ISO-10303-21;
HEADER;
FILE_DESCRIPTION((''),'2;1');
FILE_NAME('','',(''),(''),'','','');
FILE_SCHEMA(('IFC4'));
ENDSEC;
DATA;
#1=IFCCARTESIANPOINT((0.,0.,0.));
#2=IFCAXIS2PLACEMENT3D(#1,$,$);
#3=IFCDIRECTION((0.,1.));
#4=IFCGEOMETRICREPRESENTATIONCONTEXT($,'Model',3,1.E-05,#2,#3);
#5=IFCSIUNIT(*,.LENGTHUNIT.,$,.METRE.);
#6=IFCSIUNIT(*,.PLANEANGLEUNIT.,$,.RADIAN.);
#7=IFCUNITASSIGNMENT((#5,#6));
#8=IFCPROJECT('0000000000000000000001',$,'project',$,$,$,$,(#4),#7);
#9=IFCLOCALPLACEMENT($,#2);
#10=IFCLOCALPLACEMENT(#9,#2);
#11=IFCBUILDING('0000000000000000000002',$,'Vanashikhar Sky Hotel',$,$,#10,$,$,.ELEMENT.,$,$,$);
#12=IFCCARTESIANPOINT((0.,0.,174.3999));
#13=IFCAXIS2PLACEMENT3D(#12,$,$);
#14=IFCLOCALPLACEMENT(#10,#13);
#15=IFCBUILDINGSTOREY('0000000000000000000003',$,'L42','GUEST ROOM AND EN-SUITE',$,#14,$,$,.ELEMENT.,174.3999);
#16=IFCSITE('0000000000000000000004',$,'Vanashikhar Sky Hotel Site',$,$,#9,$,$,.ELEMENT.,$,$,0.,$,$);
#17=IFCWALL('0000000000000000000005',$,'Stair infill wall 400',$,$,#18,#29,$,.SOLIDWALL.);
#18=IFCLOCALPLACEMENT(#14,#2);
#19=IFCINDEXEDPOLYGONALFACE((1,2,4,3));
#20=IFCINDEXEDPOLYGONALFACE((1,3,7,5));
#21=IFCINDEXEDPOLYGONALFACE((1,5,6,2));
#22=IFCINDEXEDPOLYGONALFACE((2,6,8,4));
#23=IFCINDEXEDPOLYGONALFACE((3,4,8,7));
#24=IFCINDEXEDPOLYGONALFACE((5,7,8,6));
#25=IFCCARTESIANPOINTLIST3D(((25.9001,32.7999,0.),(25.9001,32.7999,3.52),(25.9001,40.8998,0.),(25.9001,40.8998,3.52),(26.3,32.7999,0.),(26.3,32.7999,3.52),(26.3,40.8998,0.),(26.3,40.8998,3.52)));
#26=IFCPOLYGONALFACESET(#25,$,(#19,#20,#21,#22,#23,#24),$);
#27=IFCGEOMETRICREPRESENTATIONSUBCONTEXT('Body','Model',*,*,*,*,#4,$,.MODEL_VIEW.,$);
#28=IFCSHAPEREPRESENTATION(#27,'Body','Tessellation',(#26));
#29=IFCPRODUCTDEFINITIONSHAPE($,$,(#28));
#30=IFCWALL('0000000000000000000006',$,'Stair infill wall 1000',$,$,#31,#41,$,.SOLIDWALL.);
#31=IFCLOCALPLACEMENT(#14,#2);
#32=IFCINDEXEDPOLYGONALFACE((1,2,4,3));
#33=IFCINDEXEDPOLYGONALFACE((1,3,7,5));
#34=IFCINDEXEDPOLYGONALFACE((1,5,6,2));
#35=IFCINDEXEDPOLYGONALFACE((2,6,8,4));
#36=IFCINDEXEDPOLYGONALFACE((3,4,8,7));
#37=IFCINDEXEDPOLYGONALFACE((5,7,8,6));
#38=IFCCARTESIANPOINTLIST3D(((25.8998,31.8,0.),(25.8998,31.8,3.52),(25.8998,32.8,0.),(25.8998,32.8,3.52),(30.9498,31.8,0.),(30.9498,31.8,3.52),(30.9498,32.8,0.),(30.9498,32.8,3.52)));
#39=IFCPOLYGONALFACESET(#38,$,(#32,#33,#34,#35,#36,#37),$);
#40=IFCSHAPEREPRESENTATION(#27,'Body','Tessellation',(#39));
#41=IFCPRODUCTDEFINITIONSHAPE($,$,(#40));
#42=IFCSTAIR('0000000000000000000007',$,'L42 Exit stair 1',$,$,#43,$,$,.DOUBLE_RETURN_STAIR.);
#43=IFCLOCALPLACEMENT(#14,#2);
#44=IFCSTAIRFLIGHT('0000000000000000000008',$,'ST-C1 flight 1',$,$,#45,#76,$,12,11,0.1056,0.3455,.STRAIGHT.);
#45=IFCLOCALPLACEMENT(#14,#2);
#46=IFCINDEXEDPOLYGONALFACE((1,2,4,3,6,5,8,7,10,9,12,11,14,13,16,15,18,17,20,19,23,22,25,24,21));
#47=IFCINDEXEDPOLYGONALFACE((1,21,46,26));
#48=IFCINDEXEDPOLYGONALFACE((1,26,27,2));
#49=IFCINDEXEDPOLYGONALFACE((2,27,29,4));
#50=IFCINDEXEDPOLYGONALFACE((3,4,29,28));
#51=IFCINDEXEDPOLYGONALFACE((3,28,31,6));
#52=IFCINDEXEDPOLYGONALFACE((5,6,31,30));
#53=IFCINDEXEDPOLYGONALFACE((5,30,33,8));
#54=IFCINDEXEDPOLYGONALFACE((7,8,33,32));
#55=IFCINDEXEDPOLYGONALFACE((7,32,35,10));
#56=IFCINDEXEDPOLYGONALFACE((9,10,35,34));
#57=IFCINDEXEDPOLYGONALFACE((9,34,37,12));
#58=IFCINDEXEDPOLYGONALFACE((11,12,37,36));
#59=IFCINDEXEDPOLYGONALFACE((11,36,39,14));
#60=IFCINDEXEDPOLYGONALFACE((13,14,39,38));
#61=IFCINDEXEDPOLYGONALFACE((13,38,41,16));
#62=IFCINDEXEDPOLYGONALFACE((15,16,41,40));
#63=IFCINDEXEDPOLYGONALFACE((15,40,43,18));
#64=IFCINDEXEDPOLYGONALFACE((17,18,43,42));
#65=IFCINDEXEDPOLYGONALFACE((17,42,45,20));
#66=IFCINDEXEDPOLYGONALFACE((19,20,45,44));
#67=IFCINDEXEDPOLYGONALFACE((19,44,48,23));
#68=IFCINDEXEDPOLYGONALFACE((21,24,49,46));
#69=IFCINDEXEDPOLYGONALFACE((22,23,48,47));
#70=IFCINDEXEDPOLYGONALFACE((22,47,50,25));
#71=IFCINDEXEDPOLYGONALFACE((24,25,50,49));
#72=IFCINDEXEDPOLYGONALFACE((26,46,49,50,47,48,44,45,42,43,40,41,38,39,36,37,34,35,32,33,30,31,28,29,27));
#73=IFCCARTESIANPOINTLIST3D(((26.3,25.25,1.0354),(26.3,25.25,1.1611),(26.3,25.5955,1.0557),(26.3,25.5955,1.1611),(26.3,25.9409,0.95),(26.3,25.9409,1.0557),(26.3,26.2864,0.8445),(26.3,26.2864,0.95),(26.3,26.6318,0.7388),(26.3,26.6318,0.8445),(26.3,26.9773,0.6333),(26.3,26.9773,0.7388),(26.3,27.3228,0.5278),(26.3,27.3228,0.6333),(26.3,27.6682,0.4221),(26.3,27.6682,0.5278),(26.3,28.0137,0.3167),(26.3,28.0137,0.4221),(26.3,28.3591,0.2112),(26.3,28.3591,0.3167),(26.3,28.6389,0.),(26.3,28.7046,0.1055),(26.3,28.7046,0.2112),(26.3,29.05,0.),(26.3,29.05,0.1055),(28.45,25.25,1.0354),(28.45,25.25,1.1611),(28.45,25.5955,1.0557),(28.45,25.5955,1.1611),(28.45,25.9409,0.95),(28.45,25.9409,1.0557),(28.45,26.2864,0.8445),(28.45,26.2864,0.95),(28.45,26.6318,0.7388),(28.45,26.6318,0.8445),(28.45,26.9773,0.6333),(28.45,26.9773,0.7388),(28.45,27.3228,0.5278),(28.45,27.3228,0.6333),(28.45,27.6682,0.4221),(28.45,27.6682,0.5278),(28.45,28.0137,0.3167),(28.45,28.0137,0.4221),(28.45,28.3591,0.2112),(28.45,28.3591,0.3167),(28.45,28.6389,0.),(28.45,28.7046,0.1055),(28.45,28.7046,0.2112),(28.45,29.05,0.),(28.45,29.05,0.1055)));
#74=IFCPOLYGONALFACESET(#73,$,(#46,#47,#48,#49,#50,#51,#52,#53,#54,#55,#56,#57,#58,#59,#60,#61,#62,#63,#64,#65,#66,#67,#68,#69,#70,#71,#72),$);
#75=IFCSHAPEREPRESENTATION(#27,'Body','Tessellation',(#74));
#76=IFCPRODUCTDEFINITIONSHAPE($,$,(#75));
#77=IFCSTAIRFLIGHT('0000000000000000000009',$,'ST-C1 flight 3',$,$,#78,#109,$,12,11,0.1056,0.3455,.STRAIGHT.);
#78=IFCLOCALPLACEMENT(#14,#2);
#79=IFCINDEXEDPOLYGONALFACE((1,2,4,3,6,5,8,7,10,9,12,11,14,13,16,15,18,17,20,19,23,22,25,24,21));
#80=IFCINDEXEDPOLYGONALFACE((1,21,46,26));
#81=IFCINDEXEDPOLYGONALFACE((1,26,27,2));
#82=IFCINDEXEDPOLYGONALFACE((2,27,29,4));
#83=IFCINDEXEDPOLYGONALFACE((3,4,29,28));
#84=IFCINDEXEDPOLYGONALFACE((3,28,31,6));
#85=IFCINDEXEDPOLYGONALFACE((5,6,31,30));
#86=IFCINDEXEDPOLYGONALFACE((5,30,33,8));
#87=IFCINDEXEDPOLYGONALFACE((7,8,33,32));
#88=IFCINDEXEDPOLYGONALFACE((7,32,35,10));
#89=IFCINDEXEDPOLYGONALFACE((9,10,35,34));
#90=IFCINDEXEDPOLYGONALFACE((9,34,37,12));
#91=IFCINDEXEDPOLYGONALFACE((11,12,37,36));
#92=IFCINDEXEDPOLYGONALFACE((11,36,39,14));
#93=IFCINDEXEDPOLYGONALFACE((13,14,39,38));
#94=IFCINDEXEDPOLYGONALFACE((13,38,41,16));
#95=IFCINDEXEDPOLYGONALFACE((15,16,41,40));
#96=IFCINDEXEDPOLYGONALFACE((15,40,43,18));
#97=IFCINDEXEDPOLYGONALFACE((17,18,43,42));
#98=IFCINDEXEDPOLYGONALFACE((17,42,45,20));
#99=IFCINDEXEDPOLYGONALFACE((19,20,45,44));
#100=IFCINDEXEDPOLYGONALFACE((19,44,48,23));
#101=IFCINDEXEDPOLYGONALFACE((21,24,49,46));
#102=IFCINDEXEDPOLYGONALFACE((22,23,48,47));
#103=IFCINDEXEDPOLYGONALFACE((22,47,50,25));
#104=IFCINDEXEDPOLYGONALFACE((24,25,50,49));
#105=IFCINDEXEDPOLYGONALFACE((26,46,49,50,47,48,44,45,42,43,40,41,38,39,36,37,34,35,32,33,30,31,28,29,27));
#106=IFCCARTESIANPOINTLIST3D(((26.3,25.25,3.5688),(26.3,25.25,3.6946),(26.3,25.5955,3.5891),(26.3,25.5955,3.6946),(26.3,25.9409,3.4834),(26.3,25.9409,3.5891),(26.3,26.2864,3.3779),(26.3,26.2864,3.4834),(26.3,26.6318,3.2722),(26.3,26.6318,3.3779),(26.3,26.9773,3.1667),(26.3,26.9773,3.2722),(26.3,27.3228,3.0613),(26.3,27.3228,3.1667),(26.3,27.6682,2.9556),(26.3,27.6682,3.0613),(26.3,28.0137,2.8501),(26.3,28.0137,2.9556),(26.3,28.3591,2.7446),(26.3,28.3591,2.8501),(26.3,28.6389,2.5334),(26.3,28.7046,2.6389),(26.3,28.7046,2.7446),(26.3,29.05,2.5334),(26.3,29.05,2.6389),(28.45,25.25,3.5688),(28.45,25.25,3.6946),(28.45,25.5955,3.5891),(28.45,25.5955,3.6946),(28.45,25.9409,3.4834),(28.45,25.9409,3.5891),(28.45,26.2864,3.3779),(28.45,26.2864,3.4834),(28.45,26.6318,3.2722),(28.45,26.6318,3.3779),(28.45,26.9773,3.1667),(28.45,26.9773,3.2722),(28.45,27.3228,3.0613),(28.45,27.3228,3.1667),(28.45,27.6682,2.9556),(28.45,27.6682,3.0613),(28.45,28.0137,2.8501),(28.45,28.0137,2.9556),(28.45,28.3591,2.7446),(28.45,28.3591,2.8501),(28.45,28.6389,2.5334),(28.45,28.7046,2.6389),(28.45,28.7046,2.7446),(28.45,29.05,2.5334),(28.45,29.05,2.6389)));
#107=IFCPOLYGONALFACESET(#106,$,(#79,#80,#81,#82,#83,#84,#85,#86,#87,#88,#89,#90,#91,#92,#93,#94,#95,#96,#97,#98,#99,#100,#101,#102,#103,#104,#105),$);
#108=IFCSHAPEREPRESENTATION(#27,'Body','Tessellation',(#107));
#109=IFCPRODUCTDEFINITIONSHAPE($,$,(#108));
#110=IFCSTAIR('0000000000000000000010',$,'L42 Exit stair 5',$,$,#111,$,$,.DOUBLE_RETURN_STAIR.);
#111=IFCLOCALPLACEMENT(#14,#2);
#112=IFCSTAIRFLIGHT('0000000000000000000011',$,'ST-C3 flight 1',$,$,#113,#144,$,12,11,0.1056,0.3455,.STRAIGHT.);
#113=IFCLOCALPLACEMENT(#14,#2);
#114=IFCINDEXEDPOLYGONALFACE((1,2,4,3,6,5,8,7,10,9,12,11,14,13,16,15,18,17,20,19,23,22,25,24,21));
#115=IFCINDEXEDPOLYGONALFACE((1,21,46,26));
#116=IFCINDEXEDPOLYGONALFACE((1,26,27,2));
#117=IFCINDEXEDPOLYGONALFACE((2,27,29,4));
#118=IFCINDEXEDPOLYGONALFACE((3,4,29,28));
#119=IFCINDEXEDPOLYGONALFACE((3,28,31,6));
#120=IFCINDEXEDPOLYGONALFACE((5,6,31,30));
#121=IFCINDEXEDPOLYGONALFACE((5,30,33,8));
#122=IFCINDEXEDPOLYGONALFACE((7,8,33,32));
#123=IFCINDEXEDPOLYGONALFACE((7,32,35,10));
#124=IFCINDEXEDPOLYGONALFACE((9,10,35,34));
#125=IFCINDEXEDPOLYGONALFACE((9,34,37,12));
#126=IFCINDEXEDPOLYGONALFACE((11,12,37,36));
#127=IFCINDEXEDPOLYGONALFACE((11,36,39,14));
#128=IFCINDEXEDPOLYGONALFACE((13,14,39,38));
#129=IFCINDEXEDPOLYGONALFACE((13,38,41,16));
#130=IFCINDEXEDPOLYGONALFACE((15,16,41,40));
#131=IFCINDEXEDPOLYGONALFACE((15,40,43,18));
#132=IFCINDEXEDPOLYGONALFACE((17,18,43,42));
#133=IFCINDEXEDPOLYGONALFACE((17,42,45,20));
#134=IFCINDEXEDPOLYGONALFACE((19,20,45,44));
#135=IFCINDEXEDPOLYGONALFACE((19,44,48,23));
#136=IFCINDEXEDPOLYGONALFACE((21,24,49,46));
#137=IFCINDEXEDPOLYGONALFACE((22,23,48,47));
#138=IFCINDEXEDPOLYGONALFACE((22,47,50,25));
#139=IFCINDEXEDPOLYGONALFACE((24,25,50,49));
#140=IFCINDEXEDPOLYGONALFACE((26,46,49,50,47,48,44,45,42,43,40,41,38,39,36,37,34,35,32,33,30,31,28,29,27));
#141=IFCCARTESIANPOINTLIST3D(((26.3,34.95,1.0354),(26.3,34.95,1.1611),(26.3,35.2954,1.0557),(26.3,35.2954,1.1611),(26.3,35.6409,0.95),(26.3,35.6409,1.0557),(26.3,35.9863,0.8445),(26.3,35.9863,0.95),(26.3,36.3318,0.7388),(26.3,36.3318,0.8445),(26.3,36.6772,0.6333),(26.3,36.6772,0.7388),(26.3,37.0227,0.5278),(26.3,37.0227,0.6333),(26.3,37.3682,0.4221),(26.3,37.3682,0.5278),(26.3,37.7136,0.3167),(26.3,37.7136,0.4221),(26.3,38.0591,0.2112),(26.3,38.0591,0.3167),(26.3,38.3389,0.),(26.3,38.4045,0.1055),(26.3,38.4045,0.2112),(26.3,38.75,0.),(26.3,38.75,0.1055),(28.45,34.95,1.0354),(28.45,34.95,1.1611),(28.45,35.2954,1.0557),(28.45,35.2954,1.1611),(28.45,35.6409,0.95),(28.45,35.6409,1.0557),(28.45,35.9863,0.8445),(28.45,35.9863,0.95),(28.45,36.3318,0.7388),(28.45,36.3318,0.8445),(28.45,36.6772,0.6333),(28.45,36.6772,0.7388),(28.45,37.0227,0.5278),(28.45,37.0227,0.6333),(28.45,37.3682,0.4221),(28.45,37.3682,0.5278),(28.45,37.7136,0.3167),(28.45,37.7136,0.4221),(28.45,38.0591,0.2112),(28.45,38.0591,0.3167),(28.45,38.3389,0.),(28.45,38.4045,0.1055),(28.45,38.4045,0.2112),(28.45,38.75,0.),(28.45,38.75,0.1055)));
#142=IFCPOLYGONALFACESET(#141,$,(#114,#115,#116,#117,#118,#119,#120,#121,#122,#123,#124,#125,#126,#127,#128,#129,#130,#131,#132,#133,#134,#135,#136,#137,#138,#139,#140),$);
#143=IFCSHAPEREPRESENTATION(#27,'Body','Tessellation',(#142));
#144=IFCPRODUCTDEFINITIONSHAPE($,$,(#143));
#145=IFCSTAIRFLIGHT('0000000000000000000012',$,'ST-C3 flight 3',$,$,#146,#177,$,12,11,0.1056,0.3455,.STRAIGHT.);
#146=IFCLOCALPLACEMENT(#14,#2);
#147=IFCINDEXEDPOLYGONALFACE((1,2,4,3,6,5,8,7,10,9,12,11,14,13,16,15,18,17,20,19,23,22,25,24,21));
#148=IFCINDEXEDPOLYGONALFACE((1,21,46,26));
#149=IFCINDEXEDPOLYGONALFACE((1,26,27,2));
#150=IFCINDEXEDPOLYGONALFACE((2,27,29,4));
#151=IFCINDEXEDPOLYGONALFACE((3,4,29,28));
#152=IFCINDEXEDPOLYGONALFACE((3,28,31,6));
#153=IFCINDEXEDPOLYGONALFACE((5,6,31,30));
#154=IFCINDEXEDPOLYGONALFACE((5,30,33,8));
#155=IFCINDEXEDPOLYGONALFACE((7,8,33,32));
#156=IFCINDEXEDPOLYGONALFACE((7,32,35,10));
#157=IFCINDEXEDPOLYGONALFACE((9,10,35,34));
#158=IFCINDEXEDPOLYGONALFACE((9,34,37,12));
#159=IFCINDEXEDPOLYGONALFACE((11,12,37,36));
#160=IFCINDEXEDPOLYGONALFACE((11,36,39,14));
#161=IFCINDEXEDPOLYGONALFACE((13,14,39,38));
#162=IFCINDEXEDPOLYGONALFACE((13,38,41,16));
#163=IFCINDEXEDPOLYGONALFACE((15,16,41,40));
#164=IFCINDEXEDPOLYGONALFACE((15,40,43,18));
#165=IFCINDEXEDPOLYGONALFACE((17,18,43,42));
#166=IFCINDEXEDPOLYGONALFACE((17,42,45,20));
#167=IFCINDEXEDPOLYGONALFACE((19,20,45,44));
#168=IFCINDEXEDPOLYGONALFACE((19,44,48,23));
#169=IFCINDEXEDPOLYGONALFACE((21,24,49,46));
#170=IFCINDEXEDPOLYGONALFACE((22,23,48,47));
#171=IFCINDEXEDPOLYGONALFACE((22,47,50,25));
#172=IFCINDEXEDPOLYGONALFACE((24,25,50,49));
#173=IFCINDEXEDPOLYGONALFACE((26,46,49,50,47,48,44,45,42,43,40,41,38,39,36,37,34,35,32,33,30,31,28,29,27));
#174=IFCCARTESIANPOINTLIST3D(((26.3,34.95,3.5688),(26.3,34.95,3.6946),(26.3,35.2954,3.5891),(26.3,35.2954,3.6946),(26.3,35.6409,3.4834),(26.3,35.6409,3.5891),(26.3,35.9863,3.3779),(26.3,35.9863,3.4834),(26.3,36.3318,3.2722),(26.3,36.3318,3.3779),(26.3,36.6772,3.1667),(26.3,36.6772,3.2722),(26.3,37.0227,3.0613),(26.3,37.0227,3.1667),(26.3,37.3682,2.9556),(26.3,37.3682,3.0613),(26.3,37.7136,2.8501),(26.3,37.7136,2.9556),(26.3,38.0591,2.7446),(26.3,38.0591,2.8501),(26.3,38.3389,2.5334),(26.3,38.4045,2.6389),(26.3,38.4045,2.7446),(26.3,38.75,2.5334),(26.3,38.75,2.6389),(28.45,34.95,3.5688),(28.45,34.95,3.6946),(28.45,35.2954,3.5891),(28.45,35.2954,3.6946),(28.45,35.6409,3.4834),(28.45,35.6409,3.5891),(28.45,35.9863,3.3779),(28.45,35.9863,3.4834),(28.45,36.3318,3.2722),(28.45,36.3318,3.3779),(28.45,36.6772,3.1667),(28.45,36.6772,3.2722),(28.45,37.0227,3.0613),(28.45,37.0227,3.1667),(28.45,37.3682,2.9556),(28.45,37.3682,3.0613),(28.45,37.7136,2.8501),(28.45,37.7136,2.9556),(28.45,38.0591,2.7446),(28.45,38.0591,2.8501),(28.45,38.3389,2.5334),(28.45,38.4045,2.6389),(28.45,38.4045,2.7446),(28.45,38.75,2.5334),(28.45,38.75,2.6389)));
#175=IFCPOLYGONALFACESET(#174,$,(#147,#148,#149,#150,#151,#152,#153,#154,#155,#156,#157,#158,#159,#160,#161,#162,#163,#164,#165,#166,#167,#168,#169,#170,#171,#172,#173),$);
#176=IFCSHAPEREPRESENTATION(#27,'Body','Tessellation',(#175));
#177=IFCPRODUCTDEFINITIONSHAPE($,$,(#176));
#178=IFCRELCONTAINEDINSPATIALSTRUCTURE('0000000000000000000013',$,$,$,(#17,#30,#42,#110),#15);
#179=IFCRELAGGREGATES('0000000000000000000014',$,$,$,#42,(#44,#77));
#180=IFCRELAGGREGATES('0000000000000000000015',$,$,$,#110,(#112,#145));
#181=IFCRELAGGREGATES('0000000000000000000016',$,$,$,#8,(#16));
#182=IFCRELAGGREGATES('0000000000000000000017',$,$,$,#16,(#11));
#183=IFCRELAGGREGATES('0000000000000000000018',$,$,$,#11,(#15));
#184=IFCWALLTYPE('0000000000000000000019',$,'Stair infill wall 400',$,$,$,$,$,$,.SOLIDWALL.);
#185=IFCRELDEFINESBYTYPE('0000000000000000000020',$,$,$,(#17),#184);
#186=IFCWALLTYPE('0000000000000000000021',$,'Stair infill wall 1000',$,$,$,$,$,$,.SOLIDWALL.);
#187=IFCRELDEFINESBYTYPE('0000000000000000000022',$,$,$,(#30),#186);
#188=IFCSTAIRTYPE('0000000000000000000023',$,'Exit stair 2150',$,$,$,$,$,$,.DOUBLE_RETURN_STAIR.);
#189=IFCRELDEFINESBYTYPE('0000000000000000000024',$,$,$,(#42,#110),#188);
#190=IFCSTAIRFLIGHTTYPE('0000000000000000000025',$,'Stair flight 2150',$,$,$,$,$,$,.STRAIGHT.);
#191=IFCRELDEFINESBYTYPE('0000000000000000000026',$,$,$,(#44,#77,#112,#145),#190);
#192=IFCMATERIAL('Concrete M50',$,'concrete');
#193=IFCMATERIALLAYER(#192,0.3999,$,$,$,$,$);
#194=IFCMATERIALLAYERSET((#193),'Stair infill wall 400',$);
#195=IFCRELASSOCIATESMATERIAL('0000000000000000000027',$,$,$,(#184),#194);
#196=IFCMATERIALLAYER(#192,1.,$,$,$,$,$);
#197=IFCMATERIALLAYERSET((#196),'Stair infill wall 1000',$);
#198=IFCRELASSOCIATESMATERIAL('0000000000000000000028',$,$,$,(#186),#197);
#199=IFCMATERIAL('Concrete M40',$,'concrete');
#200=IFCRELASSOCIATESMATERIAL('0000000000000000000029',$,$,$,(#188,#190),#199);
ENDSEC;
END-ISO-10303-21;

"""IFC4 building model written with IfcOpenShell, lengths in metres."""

from ifc_helpers import new_model, si_unit, direction, frame, frame_2d, origin, place, context, subcontext, project, spatial, polyline, rectangle, outline, extrude, source, transform, mapped, material, layer, layer_set, type_object, element, aggregate, save


model = new_model("IFC4")

# Units and contexts
model_context = context("Model", 3, precision=1e-05, world=origin(), true_north=direction((0.0, 1.0)))
body_context = subcontext(model_context, "Body", "Model", "MODEL_VIEW")
ifc_project = project(units=[si_unit("LENGTHUNIT", "METRE"), si_unit("PLANEANGLEUNIT", "RADIAN")], contexts=[model_context])

# Site, building, storey
site_placement = place(None, origin())
site = spatial("IfcSite", under=ifc_project, at=site_placement, Name="Vanashikhar Sky Hotel Site", CompositionType="ELEMENT", RefElevation=0.0)
building_placement = place(site_placement, origin())
building = spatial("IfcBuilding", under=site, at=building_placement, Name="Vanashikhar Sky Hotel", CompositionType="ELEMENT")
storey_placement = place(building_placement, frame((0.0, 0.0, 174.3999)))
storey = spatial("IfcBuildingStorey", under=building, at=storey_placement, Name="L42", Description="GUEST ROOM AND EN-SUITE", CompositionType="ELEMENT", Elevation=174.3999)

# Shared definitions
ifc_material_1 = material(Name="Concrete M50", Category="concrete")

# Walls
ifc_layer_1 = layer(ifc_material_1, 0.3999)
ifc_layer_set_1 = layer_set([ifc_layer_1], Name="Stair infill wall 400")
wall_type_1 = type_object("IfcWallType", Name="Stair infill wall 400", PredefinedType="SOLIDWALL", material=ifc_layer_set_1)
shared_shape_1 = source(origin(), body_context, "Body", "SweptSolid", [
    extrude(rectangle(XDim=8.0999, YDim=0.3999, at=frame_2d((4.0498, 0.0))), origin(), (0.0, 0.0, 1.0), 3.52),
])
for number, where, z_axis, x_axis, name in (
    (1, (26.1001, 32.8, 0.0), (0.0, 0.0, 1.0), (0.0, 1.0, 0.0), "Stair infill wall 400"),
):
    element("IfcWall", number, at=place(storey_placement, frame(where, z_axis=z_axis, x_axis=x_axis)), inside=storey, type_object=wall_type_1, Name=name, PredefinedType="SOLIDWALL", context=body_context, shape_type="MappedRepresentation", body=[
        mapped(shared_shape_1, transform((0.0, 0.0, 0.0), scale=1.0)),
    ])
ifc_layer_2 = layer(ifc_material_1, 1.0)
ifc_layer_set_2 = layer_set([ifc_layer_2], Name="Stair infill wall 1000")
wall_type_2 = type_object("IfcWallType", Name="Stair infill wall 1000", PredefinedType="SOLIDWALL", material=ifc_layer_set_2)
shared_shape_2 = source(origin(), body_context, "Body", "SweptSolid", [
    extrude(rectangle(XDim=5.05, YDim=1.0, at=frame_2d((2.5249, 0.0))), origin(), (0.0, 0.0, 1.0), 3.52),
])
wall_1_placement = place(storey_placement, frame((25.8999, 32.3, 0.0), z_axis=(0.0, 0.0, 1.0), x_axis=(1.0, 0.0, 0.0)))
element("IfcWall", 2, at=wall_1_placement, inside=storey, type_object=wall_type_2, Name="Stair infill wall 1000", PredefinedType="SOLIDWALL", context=body_context, shape_type="MappedRepresentation", body=[
    mapped(shared_shape_2, transform((0.0, 0.0, 0.0), scale=1.0)),
])

# Stairs, stair flights
ifc_material_2 = material(Name="Concrete M40", Category="concrete")
stair_type = type_object("IfcStairType", Name="Exit stair 2150", PredefinedType="DOUBLE_RETURN_STAIR", material=ifc_material_2)
stair_1_placement = place(storey_placement, origin())
stair_1 = element("IfcStair", 3, at=stair_1_placement, inside=storey, type_object=stair_type, Name="L42 Exit stair 1", PredefinedType="DOUBLE_RETURN_STAIR")
stair_flight_type = type_object("IfcStairFlightType", Name="Stair flight 2150", PredefinedType="STRAIGHT", material=ifc_material_2)
shared_shape_3 = source(origin(), body_context, "Body", "SweptSolid", [
    extrude(outline(polyline([(0.0, 0.0), (0.0, 0.1055), (0.3455, 0.1055), (0.3455, 0.2112), (0.6909, 0.2112), (0.6909, 0.3167), (1.0364, 0.3167), (1.0364, 0.4221), (1.3818, 0.4221), (1.3818, 0.5278), (1.7273, 0.5278), (1.7273, 0.6333), (2.0728, 0.6333), (2.0728, 0.7388), (2.4182, 0.7388), (2.4182, 0.8445), (2.7637, 0.8445), (2.7637, 0.95), (3.1091, 0.95), (3.1091, 1.0557), (3.4546, 1.0557), (3.4546, 1.1611), (3.8, 1.1611), (3.8, 1.2666), (3.8, 1.0354), (0.4111, 0.0), (0.0, 0.0)])), frame((0.0, 1.075, 0.0), z_axis=(0.0, -1.0, 0.0), x_axis=(1.0, 0.0, 0.0)), (0.0, 0.0, 1.0), 2.1499),
])
stair_flight_1_placement = place(storey_placement, frame((27.375, 29.05, 0.0), z_axis=(0.0, 0.0, 1.0), x_axis=(0.0, -1.0, 0.0)))
stair_flight_1 = element("IfcStairFlight", 4, at=stair_flight_1_placement, type_object=stair_flight_type, Name="ST-C1 flight 1", NumberOfRisers=12, NumberOfTreads=11, PredefinedType="STRAIGHT", RiserHeight=0.1056, TreadLength=0.3455, context=body_context, shape_type="MappedRepresentation", body=[
    mapped(shared_shape_3, transform((0.0, 0.0, 0.0), scale=1.0)),
])
stair_flight_2_placement = place(storey_placement, frame((27.375, 29.05, 2.5334), z_axis=(0.0, 0.0, 1.0), x_axis=(0.0, -1.0, 0.0)))
stair_flight_2 = element("IfcStairFlight", 5, at=stair_flight_2_placement, type_object=stair_flight_type, Name="ST-C1 flight 3", NumberOfRisers=12, NumberOfTreads=11, PredefinedType="STRAIGHT", RiserHeight=0.1056, TreadLength=0.3455, context=body_context, shape_type="MappedRepresentation", body=[
    mapped(shared_shape_3, transform((0.0, 0.0, 0.0), scale=1.0)),
])
aggregate(stair_1, [stair_flight_1, stair_flight_2])
stair_2_placement = place(storey_placement, origin())
stair_2 = element("IfcStair", 6, at=stair_2_placement, inside=storey, type_object=stair_type, Name="L42 Exit stair 5", PredefinedType="DOUBLE_RETURN_STAIR")
stair_flight_3_placement = place(storey_placement, frame((27.375, 38.75, 0.0), z_axis=(0.0, 0.0, 1.0), x_axis=(0.0, -1.0, 0.0)))
stair_flight_3 = element("IfcStairFlight", 7, at=stair_flight_3_placement, type_object=stair_flight_type, Name="ST-C3 flight 1", NumberOfRisers=12, NumberOfTreads=11, PredefinedType="STRAIGHT", RiserHeight=0.1056, TreadLength=0.3455, context=body_context, shape_type="MappedRepresentation", body=[
    mapped(shared_shape_3, transform((0.0, 0.0, 0.0), scale=1.0)),
])
stair_flight_4_placement = place(storey_placement, frame((27.375, 38.75, 2.5334), z_axis=(0.0, 0.0, 1.0), x_axis=(0.0, -1.0, 0.0)))
stair_flight_4 = element("IfcStairFlight", 8, at=stair_flight_4_placement, type_object=stair_flight_type, Name="ST-C3 flight 3", NumberOfRisers=12, NumberOfTreads=11, PredefinedType="STRAIGHT", RiserHeight=0.1056, TreadLength=0.3455, context=body_context, shape_type="MappedRepresentation", body=[
    mapped(shared_shape_3, transform((0.0, 0.0, 0.0), scale=1.0)),
])
aggregate(stair_2, [stair_flight_3, stair_flight_4])

save(model, "model.ifc")
